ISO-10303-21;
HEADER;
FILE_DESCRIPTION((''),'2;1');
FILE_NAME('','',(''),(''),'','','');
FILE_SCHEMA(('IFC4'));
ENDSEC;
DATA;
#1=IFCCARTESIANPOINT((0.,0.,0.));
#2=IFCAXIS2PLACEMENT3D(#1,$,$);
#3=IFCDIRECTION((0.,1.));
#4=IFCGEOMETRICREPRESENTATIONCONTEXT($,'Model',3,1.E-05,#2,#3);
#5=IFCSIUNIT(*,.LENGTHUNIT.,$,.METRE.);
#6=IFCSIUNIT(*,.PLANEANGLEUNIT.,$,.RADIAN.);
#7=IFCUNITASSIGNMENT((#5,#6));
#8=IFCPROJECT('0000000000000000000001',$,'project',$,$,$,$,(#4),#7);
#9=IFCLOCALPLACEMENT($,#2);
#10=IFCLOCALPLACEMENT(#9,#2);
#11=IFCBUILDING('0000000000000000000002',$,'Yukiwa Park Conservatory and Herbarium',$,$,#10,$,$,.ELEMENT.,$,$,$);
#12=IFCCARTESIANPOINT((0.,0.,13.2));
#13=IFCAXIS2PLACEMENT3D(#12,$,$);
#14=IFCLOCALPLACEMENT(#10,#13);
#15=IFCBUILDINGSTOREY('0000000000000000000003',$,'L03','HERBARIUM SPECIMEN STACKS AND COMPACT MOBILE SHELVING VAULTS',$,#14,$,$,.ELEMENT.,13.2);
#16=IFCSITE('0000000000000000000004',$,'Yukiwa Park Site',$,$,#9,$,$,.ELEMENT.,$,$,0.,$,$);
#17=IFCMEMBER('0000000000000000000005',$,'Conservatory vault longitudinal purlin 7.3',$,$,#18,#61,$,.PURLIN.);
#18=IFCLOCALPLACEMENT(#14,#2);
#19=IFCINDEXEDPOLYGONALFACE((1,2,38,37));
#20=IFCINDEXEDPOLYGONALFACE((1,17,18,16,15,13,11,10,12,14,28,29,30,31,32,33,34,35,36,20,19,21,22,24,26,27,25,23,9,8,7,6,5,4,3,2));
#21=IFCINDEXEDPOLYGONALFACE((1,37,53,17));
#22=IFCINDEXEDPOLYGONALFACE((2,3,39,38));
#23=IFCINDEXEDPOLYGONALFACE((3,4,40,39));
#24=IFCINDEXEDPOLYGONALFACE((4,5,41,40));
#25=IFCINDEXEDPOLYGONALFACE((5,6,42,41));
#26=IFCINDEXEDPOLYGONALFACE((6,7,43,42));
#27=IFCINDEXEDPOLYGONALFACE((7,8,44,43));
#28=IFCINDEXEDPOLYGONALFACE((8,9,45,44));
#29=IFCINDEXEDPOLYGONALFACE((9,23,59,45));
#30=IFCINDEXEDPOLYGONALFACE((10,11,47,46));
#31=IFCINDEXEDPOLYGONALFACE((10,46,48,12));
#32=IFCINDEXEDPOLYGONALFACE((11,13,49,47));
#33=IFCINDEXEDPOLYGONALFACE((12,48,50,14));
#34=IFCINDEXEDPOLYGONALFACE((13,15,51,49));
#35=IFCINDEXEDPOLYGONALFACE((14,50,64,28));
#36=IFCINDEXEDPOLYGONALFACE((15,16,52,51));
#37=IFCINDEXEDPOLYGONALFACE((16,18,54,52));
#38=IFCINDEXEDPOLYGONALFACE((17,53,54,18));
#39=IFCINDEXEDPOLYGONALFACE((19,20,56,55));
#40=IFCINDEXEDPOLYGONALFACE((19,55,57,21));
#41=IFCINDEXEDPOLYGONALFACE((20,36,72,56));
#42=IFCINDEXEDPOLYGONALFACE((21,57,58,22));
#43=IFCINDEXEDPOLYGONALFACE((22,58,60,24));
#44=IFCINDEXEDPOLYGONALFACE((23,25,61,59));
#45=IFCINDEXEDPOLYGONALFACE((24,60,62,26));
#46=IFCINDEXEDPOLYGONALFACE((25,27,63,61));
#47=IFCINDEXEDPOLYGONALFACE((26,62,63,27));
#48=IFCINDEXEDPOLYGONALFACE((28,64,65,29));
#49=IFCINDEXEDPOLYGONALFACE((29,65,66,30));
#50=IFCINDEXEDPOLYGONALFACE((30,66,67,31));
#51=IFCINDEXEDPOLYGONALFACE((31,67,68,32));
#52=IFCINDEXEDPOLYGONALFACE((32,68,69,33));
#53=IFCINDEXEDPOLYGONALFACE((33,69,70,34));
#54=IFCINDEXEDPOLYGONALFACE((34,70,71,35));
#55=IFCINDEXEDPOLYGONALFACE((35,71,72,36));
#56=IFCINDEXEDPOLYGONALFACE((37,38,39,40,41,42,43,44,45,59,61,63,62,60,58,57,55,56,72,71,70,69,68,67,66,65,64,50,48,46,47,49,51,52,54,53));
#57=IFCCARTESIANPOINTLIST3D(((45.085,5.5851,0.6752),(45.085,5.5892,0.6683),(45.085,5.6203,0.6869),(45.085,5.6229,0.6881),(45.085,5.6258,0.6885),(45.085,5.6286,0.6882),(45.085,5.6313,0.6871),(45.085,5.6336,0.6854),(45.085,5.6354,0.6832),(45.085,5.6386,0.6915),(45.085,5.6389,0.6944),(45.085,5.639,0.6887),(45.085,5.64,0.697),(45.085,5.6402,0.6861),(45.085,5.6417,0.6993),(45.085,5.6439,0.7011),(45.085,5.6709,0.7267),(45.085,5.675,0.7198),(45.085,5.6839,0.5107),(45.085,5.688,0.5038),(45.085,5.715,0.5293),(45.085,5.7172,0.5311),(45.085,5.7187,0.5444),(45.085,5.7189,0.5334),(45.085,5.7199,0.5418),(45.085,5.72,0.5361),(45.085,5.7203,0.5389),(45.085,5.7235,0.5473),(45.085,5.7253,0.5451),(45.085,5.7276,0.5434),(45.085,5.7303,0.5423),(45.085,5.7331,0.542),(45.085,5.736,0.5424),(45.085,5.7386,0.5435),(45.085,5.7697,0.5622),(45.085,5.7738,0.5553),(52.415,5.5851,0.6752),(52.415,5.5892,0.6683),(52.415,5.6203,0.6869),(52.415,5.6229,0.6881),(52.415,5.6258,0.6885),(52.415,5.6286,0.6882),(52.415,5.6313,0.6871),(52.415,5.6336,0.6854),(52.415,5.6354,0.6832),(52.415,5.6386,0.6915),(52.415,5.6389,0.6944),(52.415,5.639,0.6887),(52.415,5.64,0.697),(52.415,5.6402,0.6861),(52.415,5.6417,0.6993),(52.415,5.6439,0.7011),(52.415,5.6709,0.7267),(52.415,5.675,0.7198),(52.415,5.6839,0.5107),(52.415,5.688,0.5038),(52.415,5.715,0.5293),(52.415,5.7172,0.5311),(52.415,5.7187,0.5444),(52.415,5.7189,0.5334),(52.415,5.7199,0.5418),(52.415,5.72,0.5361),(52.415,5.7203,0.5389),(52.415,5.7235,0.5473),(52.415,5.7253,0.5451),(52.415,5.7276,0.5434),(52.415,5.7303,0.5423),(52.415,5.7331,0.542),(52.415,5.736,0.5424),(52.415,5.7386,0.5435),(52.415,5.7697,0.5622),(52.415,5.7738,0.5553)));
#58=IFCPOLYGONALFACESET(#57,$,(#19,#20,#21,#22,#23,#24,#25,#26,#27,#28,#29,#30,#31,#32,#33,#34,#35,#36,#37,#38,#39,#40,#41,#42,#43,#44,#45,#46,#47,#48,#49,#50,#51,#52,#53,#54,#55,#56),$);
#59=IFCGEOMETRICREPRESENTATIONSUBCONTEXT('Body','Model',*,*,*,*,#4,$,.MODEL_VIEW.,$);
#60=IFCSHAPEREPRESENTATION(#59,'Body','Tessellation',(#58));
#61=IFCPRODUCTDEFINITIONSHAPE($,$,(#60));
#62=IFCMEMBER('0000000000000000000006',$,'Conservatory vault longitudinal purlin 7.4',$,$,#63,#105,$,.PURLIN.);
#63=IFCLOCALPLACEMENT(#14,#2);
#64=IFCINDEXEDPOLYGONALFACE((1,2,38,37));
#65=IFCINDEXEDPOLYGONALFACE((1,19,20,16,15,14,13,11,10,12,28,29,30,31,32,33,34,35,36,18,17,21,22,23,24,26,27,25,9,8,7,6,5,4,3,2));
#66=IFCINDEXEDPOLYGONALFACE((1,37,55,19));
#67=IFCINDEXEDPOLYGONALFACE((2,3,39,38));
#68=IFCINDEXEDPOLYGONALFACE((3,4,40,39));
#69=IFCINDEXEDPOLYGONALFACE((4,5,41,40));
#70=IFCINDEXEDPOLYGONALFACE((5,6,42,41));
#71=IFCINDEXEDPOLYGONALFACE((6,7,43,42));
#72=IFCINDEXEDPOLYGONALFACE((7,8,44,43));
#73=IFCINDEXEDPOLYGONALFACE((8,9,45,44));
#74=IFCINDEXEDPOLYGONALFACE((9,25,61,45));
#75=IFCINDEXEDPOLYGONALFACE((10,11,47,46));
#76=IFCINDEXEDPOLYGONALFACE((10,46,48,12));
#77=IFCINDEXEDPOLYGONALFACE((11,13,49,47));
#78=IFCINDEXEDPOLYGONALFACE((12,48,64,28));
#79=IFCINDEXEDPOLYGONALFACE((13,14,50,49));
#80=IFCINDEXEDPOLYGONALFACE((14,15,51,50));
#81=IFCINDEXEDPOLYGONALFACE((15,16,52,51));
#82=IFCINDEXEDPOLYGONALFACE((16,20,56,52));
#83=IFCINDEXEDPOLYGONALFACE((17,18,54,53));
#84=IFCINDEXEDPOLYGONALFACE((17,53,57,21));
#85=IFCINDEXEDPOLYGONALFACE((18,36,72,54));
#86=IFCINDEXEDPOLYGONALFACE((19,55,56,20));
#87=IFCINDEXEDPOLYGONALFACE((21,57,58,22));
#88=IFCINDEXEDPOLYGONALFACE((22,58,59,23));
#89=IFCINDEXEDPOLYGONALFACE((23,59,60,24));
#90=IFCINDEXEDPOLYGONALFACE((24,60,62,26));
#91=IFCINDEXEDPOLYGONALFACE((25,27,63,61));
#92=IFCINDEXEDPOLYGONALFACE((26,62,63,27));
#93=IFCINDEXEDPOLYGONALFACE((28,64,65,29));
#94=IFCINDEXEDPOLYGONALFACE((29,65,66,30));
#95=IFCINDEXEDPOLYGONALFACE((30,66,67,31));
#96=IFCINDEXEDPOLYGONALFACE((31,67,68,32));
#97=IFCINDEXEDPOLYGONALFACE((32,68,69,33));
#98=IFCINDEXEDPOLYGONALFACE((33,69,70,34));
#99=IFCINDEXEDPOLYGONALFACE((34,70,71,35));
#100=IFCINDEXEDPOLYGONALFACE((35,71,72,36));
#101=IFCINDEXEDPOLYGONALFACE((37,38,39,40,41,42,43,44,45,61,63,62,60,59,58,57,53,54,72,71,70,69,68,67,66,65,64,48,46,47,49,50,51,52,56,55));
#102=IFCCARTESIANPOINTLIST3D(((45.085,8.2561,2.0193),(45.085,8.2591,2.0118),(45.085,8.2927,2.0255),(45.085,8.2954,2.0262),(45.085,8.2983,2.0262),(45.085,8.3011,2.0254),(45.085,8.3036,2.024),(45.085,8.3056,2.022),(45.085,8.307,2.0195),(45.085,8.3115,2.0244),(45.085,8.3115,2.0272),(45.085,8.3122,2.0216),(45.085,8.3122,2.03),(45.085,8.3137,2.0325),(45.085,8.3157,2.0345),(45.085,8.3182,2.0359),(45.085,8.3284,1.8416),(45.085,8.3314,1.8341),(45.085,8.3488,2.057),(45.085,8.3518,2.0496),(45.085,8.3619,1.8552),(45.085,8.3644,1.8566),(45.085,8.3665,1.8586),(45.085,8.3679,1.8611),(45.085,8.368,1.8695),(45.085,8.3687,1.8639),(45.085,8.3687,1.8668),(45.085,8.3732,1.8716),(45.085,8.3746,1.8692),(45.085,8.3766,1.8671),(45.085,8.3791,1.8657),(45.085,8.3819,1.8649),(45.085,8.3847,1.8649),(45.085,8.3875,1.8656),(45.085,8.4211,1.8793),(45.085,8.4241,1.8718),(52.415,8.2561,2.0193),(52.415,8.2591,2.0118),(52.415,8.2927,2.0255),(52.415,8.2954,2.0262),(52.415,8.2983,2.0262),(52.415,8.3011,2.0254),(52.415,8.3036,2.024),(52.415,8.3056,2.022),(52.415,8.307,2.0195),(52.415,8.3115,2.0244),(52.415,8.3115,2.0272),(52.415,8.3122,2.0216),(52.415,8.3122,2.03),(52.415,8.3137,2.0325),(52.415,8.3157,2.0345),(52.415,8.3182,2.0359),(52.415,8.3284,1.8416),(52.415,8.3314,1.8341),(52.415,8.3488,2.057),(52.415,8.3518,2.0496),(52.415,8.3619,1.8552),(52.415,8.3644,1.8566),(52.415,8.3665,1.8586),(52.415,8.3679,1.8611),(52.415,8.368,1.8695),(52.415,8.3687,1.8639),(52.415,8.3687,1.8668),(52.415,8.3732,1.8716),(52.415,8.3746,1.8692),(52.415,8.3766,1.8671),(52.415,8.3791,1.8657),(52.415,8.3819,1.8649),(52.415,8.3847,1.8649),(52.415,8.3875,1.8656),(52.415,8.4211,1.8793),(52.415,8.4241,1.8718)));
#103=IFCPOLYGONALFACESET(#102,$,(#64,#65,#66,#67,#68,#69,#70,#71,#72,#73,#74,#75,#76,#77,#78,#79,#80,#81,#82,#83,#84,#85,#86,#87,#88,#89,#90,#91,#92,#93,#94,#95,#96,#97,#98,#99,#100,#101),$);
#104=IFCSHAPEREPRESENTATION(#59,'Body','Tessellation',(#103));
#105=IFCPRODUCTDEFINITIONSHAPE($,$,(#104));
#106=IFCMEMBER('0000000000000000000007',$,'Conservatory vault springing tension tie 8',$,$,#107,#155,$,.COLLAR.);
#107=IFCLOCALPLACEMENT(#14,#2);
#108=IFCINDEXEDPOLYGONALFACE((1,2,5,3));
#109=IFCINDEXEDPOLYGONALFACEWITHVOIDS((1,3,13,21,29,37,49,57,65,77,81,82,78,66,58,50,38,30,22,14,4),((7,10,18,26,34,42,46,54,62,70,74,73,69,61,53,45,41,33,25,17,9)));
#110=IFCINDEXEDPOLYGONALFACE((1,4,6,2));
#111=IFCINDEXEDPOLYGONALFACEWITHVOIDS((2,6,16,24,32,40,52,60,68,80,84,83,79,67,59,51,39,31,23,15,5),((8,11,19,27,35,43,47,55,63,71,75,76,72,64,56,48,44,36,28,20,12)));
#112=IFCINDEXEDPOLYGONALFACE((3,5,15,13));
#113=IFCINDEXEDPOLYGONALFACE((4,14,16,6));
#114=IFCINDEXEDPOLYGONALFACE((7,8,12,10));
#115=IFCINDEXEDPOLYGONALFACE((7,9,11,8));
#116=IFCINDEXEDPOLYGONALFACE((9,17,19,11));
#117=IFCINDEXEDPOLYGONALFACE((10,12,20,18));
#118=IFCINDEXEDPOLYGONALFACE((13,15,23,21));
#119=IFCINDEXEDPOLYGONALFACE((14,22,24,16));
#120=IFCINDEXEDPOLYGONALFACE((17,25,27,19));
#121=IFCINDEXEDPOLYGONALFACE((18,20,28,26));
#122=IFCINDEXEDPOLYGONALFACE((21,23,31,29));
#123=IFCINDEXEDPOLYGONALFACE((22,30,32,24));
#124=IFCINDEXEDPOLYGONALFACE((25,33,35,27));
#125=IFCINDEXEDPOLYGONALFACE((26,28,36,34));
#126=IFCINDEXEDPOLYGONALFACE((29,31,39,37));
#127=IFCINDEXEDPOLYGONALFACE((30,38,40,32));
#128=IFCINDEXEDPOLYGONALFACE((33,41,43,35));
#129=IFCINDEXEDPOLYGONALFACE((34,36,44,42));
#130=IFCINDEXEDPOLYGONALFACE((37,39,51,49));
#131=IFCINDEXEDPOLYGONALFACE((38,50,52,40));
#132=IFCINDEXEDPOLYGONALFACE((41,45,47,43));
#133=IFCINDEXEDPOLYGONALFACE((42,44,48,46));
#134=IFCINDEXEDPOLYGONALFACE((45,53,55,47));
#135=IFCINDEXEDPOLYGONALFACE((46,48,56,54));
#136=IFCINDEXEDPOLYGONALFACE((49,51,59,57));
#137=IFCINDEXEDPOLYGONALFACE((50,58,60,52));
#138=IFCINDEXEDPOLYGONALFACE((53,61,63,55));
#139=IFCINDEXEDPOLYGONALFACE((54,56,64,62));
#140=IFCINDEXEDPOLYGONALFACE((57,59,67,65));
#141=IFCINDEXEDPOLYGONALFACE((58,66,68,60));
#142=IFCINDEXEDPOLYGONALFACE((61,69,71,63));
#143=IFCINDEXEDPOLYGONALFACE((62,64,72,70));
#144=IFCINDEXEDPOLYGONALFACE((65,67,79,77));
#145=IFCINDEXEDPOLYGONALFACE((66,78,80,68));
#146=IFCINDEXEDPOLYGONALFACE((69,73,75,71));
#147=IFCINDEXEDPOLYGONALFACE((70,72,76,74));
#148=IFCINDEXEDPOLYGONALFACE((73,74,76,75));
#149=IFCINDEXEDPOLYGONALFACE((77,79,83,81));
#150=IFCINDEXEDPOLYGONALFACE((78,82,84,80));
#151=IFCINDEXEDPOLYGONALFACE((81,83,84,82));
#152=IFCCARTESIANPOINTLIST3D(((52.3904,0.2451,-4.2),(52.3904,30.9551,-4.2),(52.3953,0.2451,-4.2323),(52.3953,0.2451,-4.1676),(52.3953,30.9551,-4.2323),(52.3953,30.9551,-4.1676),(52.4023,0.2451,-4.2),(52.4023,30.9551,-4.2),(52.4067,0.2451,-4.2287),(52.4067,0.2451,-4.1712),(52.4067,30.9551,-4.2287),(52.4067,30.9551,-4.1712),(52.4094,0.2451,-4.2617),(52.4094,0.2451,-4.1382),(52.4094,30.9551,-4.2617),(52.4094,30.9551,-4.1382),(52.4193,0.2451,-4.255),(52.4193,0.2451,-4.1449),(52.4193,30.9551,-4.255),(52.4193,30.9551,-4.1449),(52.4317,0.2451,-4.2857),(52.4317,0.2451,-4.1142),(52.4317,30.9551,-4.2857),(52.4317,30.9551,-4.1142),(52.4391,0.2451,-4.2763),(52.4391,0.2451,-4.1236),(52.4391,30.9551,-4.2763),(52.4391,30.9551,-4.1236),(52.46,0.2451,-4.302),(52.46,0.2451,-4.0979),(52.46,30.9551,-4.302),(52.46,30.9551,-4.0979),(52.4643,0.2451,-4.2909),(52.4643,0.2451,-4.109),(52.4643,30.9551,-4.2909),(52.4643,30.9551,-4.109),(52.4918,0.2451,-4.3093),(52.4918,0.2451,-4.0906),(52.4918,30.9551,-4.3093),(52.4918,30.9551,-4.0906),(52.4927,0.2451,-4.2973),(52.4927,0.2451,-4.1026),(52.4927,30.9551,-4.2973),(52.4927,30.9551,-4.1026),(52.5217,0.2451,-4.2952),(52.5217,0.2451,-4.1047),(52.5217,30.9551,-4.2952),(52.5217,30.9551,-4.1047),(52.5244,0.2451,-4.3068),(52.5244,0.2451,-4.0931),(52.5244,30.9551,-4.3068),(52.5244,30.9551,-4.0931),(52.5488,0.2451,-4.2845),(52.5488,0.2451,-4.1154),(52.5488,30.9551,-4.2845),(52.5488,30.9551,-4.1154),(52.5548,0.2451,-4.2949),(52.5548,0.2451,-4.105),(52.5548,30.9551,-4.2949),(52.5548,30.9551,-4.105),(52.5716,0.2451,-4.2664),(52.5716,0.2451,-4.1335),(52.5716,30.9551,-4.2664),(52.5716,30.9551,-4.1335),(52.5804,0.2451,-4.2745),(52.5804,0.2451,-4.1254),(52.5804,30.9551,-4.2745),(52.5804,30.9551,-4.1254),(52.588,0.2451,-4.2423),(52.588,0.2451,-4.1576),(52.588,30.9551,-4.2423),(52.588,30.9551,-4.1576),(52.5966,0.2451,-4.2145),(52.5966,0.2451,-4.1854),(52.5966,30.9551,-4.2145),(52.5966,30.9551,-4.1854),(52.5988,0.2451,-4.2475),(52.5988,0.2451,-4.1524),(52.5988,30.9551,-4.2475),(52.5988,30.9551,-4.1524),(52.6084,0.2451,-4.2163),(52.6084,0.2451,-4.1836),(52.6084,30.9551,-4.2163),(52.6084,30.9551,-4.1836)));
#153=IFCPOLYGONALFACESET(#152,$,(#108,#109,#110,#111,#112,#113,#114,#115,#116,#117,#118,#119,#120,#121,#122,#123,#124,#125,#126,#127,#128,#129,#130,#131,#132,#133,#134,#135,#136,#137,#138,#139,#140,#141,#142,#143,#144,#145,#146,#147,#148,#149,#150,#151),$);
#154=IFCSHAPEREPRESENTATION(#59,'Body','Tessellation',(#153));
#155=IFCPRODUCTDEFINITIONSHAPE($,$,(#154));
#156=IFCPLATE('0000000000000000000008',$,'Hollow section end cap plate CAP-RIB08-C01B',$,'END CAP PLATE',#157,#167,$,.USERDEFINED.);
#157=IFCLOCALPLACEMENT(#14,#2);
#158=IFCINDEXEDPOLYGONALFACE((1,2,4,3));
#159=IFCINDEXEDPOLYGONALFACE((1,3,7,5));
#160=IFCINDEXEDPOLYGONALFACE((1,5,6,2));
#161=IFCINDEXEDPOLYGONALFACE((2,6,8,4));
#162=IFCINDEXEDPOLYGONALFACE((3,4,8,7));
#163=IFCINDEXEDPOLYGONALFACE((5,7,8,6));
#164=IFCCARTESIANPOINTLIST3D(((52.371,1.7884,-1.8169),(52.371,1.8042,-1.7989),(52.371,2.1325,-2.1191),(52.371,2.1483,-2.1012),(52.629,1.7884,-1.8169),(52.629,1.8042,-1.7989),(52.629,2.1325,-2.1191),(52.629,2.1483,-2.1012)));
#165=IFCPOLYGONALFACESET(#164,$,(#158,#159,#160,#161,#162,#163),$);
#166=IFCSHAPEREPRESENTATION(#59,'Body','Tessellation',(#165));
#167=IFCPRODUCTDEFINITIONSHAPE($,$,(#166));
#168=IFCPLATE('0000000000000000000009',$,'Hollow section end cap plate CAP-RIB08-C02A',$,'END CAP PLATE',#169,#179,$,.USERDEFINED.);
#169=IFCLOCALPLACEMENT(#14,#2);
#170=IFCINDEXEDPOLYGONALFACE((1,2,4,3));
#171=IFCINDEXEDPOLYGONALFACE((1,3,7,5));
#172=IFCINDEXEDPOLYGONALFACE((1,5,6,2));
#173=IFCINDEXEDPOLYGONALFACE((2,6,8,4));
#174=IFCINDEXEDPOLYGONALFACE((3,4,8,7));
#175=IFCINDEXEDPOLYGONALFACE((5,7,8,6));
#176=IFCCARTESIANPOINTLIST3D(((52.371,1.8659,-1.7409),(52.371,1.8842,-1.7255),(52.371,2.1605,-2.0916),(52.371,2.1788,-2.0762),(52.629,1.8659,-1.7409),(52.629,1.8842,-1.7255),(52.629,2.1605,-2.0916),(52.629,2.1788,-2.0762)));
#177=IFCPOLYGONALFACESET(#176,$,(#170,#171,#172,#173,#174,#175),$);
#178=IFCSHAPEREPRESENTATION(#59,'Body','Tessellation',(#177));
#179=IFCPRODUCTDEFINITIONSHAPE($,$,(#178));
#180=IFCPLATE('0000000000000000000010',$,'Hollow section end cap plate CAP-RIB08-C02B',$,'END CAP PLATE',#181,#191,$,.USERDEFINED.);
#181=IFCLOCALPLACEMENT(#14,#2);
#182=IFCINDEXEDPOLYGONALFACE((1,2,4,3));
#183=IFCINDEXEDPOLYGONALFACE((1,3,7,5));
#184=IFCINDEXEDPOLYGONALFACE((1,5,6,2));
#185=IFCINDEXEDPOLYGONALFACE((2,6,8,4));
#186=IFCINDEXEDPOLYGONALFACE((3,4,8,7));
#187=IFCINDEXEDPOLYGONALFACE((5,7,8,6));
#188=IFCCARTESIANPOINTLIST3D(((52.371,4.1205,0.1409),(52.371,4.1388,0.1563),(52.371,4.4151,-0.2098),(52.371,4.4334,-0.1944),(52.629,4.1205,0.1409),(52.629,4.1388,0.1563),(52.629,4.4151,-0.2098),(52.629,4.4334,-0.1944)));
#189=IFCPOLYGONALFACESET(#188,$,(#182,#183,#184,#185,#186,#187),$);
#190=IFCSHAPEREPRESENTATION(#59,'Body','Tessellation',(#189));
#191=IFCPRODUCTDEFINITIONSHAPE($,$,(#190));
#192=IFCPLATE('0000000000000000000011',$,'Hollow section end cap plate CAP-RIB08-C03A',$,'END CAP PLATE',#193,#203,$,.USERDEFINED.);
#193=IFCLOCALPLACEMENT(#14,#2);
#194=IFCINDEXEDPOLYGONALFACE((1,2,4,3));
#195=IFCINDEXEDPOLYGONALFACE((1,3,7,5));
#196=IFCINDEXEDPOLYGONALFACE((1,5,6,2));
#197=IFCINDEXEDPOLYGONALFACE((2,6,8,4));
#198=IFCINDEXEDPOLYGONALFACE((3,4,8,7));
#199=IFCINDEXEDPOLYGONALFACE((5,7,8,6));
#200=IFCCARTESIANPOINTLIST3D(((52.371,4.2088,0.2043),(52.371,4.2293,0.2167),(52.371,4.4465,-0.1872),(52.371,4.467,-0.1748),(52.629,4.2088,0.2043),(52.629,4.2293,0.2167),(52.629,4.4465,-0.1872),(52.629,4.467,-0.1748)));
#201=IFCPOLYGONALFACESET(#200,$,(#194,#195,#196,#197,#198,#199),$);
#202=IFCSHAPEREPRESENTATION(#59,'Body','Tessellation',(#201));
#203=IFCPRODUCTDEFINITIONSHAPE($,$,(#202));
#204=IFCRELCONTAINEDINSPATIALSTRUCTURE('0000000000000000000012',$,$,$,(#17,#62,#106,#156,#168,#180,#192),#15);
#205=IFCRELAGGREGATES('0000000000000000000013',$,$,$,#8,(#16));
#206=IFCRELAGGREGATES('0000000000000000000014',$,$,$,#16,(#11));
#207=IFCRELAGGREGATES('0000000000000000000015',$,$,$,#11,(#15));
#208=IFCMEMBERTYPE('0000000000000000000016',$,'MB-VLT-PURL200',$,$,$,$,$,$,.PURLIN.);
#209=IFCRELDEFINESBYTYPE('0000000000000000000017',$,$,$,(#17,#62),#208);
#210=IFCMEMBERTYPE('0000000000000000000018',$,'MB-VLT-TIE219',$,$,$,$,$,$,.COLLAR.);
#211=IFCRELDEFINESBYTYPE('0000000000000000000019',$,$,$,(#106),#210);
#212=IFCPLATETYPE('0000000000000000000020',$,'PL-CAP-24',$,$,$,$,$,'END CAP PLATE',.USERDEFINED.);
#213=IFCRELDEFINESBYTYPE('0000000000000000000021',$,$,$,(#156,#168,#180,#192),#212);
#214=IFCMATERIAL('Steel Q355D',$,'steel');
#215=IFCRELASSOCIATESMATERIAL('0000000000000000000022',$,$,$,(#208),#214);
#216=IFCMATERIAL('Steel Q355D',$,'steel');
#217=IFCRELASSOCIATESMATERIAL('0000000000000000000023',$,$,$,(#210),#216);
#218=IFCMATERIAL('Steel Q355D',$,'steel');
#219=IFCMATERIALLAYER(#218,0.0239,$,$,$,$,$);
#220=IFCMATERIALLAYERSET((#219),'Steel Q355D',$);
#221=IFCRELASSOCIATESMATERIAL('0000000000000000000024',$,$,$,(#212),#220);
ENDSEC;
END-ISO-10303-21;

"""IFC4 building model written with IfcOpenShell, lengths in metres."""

from ifc_helpers import new_model, si_unit, direction, frame, origin, origin_2d, place, context, subcontext, project, spatial, rectangle, hollow_circle, i_section, extrude, material, layer, layer_set, material_profile, profile_set, type_object, element, save


model = new_model("IFC4")

# Units and contexts
model_context = context("Model", 3, precision=1e-05, world=origin(), true_north=direction((0.0, 1.0)))
body_context = subcontext(model_context, "Body", "Model", "MODEL_VIEW")
ifc_project = project(units=[si_unit("LENGTHUNIT", "METRE"), si_unit("PLANEANGLEUNIT", "RADIAN")], contexts=[model_context])

# Site, building, storey
site_placement = place(None, origin())
site = spatial("IfcSite", under=ifc_project, at=site_placement, Name="Yukiwa Park Site", CompositionType="ELEMENT", RefElevation=0.0)
building_placement = place(site_placement, origin())
building = spatial("IfcBuilding", under=site, at=building_placement, Name="Yukiwa Park Conservatory and Herbarium", CompositionType="ELEMENT")
storey_placement = place(building_placement, frame((0.0, 0.0, 13.2)))
storey = spatial("IfcBuildingStorey", under=building, at=storey_placement, Name="L03", Description="HERBARIUM SPECIMEN STACKS AND COMPACT MOBILE SHELVING VAULTS", CompositionType="ELEMENT", Elevation=13.2)

# Members
ifc_material_1 = material(Name="Steel Q355D", Category="steel")
ifc_material_profile_1 = material_profile(ifc_material_1, i_section(OverallWidth=0.1001, OverallDepth=0.2, WebThickness=0.0056, FlangeThickness=0.0081, FilletRadius=0.011, at=origin_2d()), Name="HN 200x100x5.5x8")
ifc_profile_set_1 = profile_set([ifc_material_profile_1], Name="Steel Q355D")
member_type_1 = type_object("IfcMemberType", Name="MB-VLT-PURL200", PredefinedType="PURLIN", material=ifc_profile_set_1)
for number, where, z_axis, x_axis, name in (
    (1, (45.085, 5.6794, 0.6152), (1.0, 0.0, 0.0), (0.0, 0.857234, 0.514927), "Conservatory vault longitudinal purlin 7.3"),
    (2, (45.085, 8.3401, 1.9456), (1.0, 0.0, 0.0), (0.0, 0.926282, 0.376831), "Conservatory vault longitudinal purlin 7.4"),
):
    element("IfcMember", number, at=place(storey_placement, frame(where, z_axis=z_axis, x_axis=x_axis)), inside=storey, type_object=member_type_1, Name=name, PredefinedType="PURLIN", context=body_context, shape_type="SweptSolid", body=[
        extrude(i_section(OverallWidth=0.1001, OverallDepth=0.2, WebThickness=0.0056, FlangeThickness=0.0081, FilletRadius=0.011, at=origin_2d()), origin(), (0.0, 0.0, 1.0), 7.3301),
    ])
ifc_material_2 = material(Name="Steel Q355D", Category="steel")
ifc_material_profile_2 = material_profile(ifc_material_2, hollow_circle(Radius=0.1096, WallThickness=0.012, at=origin_2d()), Name="CHS 219.1x12")
ifc_profile_set_2 = profile_set([ifc_material_profile_2], Name="Steel Q355D")
member_type_2 = type_object("IfcMemberType", Name="MB-VLT-TIE219", PredefinedType="COLLAR", material=ifc_profile_set_2)
member_placement = place(storey_placement, frame((52.5, 0.2451, -4.2), z_axis=(0.0, 1.0, 0.0), x_axis=(-1.0, 0.0, 0.0)))
element("IfcMember", 3, at=member_placement, inside=storey, type_object=member_type_2, Name="Conservatory vault springing tension tie 8", PredefinedType="COLLAR", context=body_context, shape_type="SweptSolid", body=[
    extrude(hollow_circle(Radius=0.1096, WallThickness=0.012, at=origin_2d()), origin(), (0.0, 0.0, 1.0), 30.71),
])

# Plates
ifc_material_3 = material(Name="Steel Q355D", Category="steel")
ifc_layer_1 = layer(ifc_material_3, 0.0239)
ifc_layer_set_1 = layer_set([ifc_layer_1], Name="Steel Q355D")
plate_type_1 = type_object("IfcPlateType", Name="PL-CAP-24", ElementType="END CAP PLATE", PredefinedType="USERDEFINED", material=ifc_layer_set_1)
for number, where, z_axis, x_axis, name in (
    (4, (52.5, 1.9604, -1.968), (0.0, 0.659941, 0.751317), (-1.0, 0.0, 0.0), "Hollow section end cap plate CAP-RIB08-C01B"),
    (5, (52.5, 2.0315, -1.9009), (0.0, -0.765705, -0.643192), (1.0, 0.0, 0.0), "Hollow section end cap plate CAP-RIB08-C02A"),
    (6, (52.5, 4.2678, -0.0344), (0.0, 0.765705, 0.643192), (-1.0, 0.0, 0.0), "Hollow section end cap plate CAP-RIB08-C02B"),
    (7, (52.5, 4.3481, 0.021), (0.0, -0.854788, -0.518978), (1.0, 0.0, 0.0), "Hollow section end cap plate CAP-RIB08-C03A"),
):
    element("IfcPlate", number, at=place(storey_placement, frame(where, z_axis=z_axis, x_axis=x_axis)), inside=storey, type_object=plate_type_1, Name=name, ObjectType="END CAP PLATE", PredefinedType="USERDEFINED", context=body_context, shape_type="SweptSolid", body=[
        extrude(rectangle(XDim=0.2581, YDim=0.458, at=origin_2d()), origin(), (0.0, 0.0, 1.0), 0.0239),
    ])

save(model, "model.ifc")
